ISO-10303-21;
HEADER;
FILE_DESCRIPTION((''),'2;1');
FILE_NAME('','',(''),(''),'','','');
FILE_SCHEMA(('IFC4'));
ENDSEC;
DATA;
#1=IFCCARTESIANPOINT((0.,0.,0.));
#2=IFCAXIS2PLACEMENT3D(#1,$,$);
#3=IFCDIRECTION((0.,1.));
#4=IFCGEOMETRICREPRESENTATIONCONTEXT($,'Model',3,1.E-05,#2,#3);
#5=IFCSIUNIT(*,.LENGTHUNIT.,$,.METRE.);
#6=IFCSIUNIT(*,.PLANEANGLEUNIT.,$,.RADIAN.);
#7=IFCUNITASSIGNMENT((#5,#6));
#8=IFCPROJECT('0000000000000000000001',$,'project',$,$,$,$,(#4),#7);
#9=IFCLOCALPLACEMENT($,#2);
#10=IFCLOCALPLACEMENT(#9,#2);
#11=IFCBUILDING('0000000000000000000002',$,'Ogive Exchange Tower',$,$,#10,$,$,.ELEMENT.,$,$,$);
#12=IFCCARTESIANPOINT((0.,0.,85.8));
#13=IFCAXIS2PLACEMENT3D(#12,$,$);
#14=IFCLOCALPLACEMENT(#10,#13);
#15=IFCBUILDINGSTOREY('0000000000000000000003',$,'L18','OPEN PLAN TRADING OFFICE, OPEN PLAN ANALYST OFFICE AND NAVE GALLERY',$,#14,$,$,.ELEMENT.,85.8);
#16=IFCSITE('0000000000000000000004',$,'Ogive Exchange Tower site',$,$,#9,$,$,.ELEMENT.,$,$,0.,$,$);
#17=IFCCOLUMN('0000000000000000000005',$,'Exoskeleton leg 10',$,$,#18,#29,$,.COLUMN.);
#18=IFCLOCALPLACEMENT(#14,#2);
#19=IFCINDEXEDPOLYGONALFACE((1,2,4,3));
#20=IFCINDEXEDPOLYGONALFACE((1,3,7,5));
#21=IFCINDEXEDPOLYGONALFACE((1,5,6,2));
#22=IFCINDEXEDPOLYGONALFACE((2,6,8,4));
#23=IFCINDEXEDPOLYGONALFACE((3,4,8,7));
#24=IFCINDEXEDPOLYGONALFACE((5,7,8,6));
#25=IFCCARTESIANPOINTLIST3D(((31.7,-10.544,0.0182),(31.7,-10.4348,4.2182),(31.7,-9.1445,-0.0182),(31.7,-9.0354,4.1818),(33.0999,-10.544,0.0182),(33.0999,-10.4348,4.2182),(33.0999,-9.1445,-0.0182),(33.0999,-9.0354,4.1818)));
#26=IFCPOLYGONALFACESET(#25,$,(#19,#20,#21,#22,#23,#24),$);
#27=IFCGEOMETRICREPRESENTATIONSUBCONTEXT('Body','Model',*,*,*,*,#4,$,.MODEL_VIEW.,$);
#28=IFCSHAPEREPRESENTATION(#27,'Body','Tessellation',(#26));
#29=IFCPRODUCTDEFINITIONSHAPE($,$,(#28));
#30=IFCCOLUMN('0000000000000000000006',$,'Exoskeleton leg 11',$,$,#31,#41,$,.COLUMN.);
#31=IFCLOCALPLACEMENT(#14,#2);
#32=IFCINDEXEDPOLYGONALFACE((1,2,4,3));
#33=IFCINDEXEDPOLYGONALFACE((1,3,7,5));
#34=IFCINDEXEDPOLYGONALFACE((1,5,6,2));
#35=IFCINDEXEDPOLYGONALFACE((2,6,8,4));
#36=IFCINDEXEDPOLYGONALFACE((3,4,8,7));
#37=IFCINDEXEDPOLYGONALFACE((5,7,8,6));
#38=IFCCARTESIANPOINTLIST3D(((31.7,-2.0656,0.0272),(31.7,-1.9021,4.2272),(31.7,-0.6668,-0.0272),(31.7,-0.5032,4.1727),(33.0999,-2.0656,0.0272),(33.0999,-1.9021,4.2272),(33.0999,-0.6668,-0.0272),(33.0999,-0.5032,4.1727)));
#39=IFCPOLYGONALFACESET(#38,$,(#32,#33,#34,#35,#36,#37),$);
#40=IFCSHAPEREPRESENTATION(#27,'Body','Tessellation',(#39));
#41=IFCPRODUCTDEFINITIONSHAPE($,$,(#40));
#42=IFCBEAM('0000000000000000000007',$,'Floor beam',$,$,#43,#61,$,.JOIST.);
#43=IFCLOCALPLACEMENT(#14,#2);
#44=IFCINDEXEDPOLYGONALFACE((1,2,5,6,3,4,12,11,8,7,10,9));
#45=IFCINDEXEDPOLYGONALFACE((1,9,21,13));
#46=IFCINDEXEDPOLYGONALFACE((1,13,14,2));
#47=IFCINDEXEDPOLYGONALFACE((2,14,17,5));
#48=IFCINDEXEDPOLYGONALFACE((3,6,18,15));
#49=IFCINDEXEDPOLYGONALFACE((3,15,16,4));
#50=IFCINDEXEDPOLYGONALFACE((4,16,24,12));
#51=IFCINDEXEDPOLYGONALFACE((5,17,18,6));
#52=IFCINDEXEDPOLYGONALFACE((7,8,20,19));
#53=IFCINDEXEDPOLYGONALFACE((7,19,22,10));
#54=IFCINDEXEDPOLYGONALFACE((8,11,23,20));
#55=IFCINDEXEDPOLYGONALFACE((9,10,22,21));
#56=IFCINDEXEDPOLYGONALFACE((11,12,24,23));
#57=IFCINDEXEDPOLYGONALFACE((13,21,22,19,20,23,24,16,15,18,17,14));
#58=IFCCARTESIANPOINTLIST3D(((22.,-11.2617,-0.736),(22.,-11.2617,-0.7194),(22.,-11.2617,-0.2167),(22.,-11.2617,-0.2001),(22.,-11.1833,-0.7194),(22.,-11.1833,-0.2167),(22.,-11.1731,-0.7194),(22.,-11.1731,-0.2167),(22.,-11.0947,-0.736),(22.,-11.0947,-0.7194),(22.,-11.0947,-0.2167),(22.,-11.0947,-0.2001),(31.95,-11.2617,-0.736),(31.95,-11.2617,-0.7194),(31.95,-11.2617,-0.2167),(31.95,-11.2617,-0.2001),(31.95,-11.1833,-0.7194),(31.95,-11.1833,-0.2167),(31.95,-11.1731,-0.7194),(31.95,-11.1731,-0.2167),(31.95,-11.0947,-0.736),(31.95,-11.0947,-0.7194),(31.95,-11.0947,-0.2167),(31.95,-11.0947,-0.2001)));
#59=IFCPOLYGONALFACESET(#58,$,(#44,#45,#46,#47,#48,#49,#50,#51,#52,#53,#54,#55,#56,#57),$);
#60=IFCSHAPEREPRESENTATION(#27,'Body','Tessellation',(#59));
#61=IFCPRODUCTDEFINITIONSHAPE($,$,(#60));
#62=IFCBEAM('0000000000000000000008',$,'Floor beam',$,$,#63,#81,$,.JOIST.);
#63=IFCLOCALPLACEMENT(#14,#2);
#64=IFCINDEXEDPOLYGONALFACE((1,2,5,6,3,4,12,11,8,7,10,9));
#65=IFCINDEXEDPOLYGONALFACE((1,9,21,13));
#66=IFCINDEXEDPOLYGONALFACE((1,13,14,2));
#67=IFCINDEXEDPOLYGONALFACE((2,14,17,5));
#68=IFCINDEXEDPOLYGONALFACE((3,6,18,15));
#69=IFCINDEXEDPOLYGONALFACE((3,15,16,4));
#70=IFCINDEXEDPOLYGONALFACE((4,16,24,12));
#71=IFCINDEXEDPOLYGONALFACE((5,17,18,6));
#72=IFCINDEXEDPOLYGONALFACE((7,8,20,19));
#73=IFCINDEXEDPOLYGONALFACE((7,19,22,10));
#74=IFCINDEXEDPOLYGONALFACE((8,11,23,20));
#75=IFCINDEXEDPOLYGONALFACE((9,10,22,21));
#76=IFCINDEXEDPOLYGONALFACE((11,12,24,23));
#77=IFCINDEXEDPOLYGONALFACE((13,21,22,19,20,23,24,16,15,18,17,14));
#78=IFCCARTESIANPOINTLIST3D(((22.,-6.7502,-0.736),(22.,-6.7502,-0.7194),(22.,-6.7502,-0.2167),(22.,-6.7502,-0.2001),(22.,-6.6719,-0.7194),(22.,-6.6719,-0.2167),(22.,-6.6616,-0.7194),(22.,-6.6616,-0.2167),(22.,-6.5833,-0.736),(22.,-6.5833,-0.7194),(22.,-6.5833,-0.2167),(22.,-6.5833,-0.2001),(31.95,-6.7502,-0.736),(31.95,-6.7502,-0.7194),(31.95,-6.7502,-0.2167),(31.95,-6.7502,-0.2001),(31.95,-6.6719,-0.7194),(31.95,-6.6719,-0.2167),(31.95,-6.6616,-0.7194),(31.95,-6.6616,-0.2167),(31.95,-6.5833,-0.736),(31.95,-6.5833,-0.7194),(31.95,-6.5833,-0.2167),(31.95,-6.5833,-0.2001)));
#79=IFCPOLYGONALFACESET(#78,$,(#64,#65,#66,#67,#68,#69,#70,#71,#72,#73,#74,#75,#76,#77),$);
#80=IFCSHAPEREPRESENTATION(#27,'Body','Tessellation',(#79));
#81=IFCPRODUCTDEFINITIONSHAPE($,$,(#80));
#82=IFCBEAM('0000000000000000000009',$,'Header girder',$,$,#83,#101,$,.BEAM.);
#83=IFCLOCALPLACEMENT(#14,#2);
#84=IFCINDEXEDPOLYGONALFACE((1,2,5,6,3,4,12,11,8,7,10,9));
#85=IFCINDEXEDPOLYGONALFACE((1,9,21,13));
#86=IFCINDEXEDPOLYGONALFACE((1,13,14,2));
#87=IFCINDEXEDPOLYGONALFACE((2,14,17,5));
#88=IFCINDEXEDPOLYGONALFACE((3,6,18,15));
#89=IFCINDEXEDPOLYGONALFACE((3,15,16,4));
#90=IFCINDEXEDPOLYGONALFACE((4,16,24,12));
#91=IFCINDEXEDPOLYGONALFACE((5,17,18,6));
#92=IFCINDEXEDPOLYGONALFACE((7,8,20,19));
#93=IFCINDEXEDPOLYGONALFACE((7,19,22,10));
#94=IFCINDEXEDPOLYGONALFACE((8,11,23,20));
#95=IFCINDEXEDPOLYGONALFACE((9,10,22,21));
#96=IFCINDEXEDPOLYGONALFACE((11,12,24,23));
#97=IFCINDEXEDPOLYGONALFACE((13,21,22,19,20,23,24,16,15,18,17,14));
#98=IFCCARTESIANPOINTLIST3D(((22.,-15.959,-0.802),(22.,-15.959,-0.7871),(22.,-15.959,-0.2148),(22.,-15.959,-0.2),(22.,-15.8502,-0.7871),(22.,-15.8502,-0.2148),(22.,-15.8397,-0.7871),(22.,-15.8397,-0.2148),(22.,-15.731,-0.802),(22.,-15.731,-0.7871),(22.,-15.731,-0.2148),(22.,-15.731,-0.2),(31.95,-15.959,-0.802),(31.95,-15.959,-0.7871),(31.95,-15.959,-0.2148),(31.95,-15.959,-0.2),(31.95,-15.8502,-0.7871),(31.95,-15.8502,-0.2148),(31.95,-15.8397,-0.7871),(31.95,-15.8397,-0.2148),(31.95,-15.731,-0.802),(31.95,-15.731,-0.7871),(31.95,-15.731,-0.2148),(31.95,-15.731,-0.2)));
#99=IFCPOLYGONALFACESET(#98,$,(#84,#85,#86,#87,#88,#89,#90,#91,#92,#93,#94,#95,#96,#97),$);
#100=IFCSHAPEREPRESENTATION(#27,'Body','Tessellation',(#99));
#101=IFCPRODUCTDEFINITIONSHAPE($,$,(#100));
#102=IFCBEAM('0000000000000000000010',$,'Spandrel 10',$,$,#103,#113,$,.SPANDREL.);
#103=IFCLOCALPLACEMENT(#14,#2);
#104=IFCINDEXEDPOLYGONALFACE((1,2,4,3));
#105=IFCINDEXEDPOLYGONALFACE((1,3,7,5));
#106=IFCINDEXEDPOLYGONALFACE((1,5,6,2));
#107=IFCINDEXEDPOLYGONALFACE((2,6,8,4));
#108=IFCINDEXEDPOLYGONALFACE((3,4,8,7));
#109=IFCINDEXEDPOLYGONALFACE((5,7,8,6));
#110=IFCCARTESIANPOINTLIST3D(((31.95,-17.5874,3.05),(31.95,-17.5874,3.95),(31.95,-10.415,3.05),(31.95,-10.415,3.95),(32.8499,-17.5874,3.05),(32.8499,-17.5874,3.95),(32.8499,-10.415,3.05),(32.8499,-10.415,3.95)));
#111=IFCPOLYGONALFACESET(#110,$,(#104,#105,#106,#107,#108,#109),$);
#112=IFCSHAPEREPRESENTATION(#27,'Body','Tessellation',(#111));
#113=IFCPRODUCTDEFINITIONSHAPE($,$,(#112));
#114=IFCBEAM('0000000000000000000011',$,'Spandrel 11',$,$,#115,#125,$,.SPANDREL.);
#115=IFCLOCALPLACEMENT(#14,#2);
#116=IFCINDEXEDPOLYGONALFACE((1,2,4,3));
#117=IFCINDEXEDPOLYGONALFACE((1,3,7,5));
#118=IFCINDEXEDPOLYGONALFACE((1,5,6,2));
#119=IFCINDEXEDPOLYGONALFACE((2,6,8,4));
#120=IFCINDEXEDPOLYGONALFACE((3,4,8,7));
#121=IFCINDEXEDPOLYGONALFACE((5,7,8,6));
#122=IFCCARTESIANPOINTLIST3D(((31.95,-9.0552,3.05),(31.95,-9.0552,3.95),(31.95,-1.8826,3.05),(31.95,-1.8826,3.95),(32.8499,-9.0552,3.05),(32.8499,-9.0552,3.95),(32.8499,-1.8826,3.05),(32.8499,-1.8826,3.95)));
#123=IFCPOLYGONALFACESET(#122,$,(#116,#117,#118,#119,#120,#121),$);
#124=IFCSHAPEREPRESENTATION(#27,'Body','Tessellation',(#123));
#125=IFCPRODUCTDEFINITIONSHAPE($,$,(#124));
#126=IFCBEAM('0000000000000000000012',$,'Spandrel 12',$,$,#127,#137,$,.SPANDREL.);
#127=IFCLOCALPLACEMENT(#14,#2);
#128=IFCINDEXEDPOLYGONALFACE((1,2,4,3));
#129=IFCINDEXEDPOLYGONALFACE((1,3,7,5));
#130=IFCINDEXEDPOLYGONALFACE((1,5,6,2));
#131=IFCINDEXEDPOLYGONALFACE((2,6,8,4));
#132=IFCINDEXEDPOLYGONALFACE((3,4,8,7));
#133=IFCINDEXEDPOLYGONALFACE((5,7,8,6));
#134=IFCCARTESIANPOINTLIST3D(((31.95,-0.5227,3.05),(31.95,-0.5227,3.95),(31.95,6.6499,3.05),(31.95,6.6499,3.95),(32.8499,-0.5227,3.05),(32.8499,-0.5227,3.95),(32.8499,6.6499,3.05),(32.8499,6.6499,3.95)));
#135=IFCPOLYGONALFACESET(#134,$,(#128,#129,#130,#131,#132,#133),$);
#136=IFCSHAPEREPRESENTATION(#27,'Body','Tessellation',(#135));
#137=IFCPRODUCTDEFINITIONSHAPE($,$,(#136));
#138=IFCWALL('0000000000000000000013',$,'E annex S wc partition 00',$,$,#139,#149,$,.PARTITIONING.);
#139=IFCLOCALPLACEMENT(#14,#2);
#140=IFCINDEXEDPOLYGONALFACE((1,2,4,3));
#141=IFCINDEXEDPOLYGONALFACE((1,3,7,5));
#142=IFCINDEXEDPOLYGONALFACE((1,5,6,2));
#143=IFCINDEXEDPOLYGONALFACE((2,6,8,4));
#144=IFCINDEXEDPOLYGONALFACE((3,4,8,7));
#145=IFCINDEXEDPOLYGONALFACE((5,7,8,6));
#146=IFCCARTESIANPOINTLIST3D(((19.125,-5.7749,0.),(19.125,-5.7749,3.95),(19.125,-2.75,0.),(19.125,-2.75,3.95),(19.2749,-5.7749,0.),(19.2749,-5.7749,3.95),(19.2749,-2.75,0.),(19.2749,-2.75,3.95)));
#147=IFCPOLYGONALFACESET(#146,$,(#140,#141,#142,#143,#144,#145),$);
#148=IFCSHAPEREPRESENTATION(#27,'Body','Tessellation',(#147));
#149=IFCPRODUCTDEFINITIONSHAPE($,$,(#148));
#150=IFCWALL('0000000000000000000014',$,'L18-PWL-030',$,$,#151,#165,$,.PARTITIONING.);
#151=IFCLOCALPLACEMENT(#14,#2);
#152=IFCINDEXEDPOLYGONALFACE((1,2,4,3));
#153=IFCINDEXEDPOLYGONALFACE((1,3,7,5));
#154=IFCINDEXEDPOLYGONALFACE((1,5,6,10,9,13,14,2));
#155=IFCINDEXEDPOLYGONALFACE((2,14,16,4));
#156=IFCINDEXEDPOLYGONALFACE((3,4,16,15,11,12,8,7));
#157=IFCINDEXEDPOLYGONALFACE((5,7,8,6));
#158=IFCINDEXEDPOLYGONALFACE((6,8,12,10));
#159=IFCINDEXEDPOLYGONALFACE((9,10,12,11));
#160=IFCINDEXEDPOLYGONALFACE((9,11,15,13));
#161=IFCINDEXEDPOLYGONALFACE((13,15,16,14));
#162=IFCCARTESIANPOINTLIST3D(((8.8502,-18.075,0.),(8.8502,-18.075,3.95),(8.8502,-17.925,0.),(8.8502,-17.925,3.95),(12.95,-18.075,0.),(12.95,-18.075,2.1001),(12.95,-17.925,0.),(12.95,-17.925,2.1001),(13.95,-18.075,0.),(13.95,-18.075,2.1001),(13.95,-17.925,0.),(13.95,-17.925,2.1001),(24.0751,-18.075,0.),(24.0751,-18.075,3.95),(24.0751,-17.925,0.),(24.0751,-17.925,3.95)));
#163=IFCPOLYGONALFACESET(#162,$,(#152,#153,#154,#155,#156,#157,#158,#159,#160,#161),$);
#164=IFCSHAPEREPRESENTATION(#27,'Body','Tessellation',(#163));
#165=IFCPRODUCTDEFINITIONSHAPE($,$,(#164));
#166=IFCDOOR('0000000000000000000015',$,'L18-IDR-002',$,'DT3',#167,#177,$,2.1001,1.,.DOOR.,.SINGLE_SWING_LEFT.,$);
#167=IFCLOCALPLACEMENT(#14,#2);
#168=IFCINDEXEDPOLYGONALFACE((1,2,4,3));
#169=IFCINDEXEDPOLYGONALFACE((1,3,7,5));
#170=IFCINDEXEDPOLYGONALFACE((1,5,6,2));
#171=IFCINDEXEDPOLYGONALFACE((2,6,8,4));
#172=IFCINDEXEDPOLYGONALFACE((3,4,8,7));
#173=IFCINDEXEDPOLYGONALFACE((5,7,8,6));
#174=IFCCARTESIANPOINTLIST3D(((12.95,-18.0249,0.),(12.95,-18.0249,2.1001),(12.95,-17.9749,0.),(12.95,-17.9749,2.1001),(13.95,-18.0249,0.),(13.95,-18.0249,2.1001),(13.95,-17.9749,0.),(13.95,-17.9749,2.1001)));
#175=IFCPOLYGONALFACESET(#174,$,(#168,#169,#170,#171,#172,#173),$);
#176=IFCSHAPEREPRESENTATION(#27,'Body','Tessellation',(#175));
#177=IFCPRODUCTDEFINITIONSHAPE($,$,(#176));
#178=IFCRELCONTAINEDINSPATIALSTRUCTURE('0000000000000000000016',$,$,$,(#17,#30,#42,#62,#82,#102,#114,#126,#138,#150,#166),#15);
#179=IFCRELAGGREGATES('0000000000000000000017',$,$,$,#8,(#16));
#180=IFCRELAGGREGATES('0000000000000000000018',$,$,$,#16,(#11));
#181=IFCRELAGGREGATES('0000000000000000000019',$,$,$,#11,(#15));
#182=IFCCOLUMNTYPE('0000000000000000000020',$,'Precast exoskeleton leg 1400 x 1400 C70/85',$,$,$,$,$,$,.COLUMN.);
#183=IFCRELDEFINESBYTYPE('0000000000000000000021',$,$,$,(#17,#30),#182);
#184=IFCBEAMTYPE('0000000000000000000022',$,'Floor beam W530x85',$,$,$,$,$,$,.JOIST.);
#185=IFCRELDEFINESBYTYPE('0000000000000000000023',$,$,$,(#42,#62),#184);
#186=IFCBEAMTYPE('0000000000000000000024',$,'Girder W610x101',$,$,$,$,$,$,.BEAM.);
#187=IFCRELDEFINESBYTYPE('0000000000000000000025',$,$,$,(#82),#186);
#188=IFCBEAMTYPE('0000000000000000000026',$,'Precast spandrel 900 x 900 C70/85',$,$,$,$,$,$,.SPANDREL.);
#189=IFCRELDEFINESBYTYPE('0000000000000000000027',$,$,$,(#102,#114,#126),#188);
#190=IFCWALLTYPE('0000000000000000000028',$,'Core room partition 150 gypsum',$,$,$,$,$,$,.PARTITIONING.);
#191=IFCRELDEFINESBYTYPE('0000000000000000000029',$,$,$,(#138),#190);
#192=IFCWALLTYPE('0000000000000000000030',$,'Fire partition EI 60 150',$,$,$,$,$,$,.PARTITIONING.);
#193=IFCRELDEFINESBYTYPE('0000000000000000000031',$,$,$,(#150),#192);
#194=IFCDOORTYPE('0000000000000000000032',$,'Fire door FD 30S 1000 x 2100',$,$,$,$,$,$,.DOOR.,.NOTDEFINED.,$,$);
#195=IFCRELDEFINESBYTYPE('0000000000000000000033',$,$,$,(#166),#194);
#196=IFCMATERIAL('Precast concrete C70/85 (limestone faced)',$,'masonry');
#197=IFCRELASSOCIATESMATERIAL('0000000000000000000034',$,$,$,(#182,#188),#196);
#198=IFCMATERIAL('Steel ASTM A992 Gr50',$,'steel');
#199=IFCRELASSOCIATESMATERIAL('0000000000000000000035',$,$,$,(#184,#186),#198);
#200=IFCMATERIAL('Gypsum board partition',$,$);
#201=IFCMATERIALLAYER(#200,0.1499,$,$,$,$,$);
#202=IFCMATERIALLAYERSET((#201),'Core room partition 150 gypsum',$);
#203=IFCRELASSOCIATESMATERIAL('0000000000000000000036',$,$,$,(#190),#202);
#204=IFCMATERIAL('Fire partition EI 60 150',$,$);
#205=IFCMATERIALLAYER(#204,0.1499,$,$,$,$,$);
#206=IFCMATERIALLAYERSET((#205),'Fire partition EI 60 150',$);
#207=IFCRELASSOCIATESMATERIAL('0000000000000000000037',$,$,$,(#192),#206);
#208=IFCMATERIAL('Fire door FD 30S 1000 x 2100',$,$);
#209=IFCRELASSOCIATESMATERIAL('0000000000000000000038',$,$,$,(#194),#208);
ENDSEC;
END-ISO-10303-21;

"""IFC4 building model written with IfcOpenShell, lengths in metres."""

from ifc_helpers import new_model, si_unit, direction, frame, frame_2d, origin, origin_2d, place, context, subcontext, project, spatial, rectangle, i_section, extrude, material, layer, layer_set, material_profile, profile_set, type_object, element, fill, save


model = new_model("IFC4")

# Units and contexts
model_context = context("Model", 3, precision=1e-05, world=origin(), true_north=direction((0.0, 1.0)))
body_context = subcontext(model_context, "Body", "Model", "MODEL_VIEW")
ifc_project = project(units=[si_unit("LENGTHUNIT", "METRE"), si_unit("PLANEANGLEUNIT", "RADIAN")], contexts=[model_context])

# Site, building, storey
site_placement = place(None, origin())
site = spatial("IfcSite", under=ifc_project, at=site_placement, Name="Ogive Exchange Tower site", CompositionType="ELEMENT", RefElevation=0.0)
building_placement = place(site_placement, origin())
building = spatial("IfcBuilding", under=site, at=building_placement, Name="Ogive Exchange Tower", CompositionType="ELEMENT")
storey_placement = place(building_placement, frame((0.0, 0.0, 85.8)))
storey = spatial("IfcBuildingStorey", under=building, at=storey_placement, Name="L18", Description="OPEN PLAN TRADING OFFICE, OPEN PLAN ANALYST OFFICE AND NAVE GALLERY", CompositionType="ELEMENT", Elevation=85.8)

# Columns
ifc_material_1 = material(Name="Precast concrete C70/85 (limestone faced)", Category="masonry")
ifc_material_profile_1 = material_profile(ifc_material_1, rectangle(XDim=1.3999, YDim=1.3999, at=origin_2d()), Name="1400 x 1400")
ifc_profile_set_1 = profile_set([ifc_material_profile_1], Name="Precast concrete C70/85 (limestone faced)")
column_type = type_object("IfcColumnType", Name="Precast exoskeleton leg 1400 x 1400 C70/85", PredefinedType="COLUMN", material=ifc_profile_set_1)
column_1_placement = place(storey_placement, frame((32.3999, -9.8442, 0.0), z_axis=(0.0, 0.025975, 0.999663), x_axis=(-1.0, 0.0, 0.0)))
element("IfcColumn", 1, at=column_1_placement, inside=storey, type_object=column_type, Name="Exoskeleton leg 10", PredefinedType="COLUMN", context=body_context, shape_type="SweptSolid", body=[
    extrude(rectangle(XDim=1.3999, YDim=1.3999, at=origin_2d()), origin(), (0.0, 0.0, 1.0), 4.2014),
])
column_2_placement = place(storey_placement, frame((32.3999, -1.3662, 0.0), z_axis=(0.0, 0.038917, 0.999242), x_axis=(-1.0, 0.0, 0.0)))
element("IfcColumn", 2, at=column_2_placement, inside=storey, type_object=column_type, Name="Exoskeleton leg 11", PredefinedType="COLUMN", context=body_context, shape_type="SweptSolid", body=[
    extrude(rectangle(XDim=1.3999, YDim=1.3999, at=origin_2d()), origin(), (0.0, 0.0, 1.0), 4.2031),
])

# Beams
ifc_material_2 = material(Name="Steel ASTM A992 Gr50", Category="steel")
ifc_material_profile_2 = material_profile(ifc_material_2, i_section(OverallWidth=0.167, OverallDepth=0.5359, WebThickness=0.0103, FlangeThickness=0.0166, at=origin_2d()), Name="W530x85")
ifc_profile_set_2 = profile_set([ifc_material_profile_2], Name="Steel ASTM A992 Gr50")
beam_type_1 = type_object("IfcBeamType", Name="Floor beam W530x85", PredefinedType="JOIST", material=ifc_profile_set_2)
for number, where, z_axis, x_axis, name in (
    (3, (22.0, -11.1782, -0.468), (1.0, 0.0, 0.0), (0.0, 1.0, 0.0), "Floor beam"),
    (4, (22.0, -6.6667, -0.468), (1.0, 0.0, 0.0), (0.0, 1.0, 0.0), "Floor beam"),
):
    element("IfcBeam", number, at=place(storey_placement, frame(where, z_axis=z_axis, x_axis=x_axis)), inside=storey, type_object=beam_type_1, Name=name, PredefinedType="JOIST", context=body_context, shape_type="SweptSolid", body=[
        extrude(i_section(OverallWidth=0.167, OverallDepth=0.5359, WebThickness=0.0103, FlangeThickness=0.0166, at=origin_2d()), origin(), (0.0, 0.0, 1.0), 9.95),
    ])
ifc_material_profile_3 = material_profile(ifc_material_2, i_section(OverallWidth=0.228, OverallDepth=0.6021, WebThickness=0.0105, FlangeThickness=0.0149, at=origin_2d()), Name="W610x101")
ifc_profile_set_3 = profile_set([ifc_material_profile_3], Name="Steel ASTM A992 Gr50")
beam_type_2 = type_object("IfcBeamType", Name="Girder W610x101", PredefinedType="BEAM", material=ifc_profile_set_3)
beam_1_placement = place(storey_placement, frame((22.0, -15.845, -0.501), z_axis=(1.0, 0.0, 0.0), x_axis=(0.0, 1.0, 0.0)))
element("IfcBeam", 5, at=beam_1_placement, inside=storey, type_object=beam_type_2, Name="Header girder", PredefinedType="BEAM", context=body_context, shape_type="SweptSolid", body=[
    extrude(i_section(OverallWidth=0.228, OverallDepth=0.6021, WebThickness=0.0105, FlangeThickness=0.0149, at=origin_2d()), origin(), (0.0, 0.0, 1.0), 9.95),
])
ifc_material_profile_4 = material_profile(ifc_material_1, rectangle(XDim=0.8999, YDim=0.8999, at=origin_2d()), Name="900 x 900")
ifc_profile_set_4 = profile_set([ifc_material_profile_4], Name="Precast concrete C70/85 (limestone faced)")
beam_type_3 = type_object("IfcBeamType", Name="Precast spandrel 900 x 900 C70/85", PredefinedType="SPANDREL", material=ifc_profile_set_4)
beam_2_placement = place(storey_placement, frame((32.3999, -17.5874, 3.5), z_axis=(0.0, 1.0, 0.0), x_axis=(-1.0, 0.0, 0.0)))
element("IfcBeam", 6, at=beam_2_placement, inside=storey, type_object=beam_type_3, Name="Spandrel 10", PredefinedType="SPANDREL", context=body_context, shape_type="SweptSolid", body=[
    extrude(rectangle(XDim=0.8999, YDim=0.8999, at=origin_2d()), origin(), (0.0, 0.0, 1.0), 7.1724),
])
for number, where, z_axis, x_axis, name in (
    (7, (32.3999, -9.0552, 3.5), (0.0, 1.0, 0.0), (-1.0, 0.0, 0.0), "Spandrel 11"),
    (8, (32.3999, -0.5227, 3.5), (0.0, 1.0, 0.0), (-1.0, 0.0, 0.0), "Spandrel 12"),
):
    element("IfcBeam", number, at=place(storey_placement, frame(where, z_axis=z_axis, x_axis=x_axis)), inside=storey, type_object=beam_type_3, Name=name, PredefinedType="SPANDREL", context=body_context, shape_type="SweptSolid", body=[
        extrude(rectangle(XDim=0.8999, YDim=0.8999, at=origin_2d()), origin(), (0.0, 0.0, 1.0), 7.1726),
    ])

# Wall
ifc_material_3 = material(Name="Gypsum board partition")
ifc_layer_1 = layer(ifc_material_3, 0.1499)
ifc_layer_set_1 = layer_set([ifc_layer_1], Name="Core room partition 150 gypsum")
wall_type_1 = type_object("IfcWallType", Name="Core room partition 150 gypsum", PredefinedType="PARTITIONING", material=ifc_layer_set_1)
wall_1_placement = place(storey_placement, frame((19.2, -5.7749, 0.0), z_axis=(0.0, 0.0, 1.0), x_axis=(0.0, 1.0, 0.0)))
element("IfcWall", 9, at=wall_1_placement, inside=storey, type_object=wall_type_1, Name="E annex S wc partition 00", PredefinedType="PARTITIONING", context=body_context, shape_type="SweptSolid", body=[
    extrude(rectangle(XDim=3.0249, YDim=0.1499, at=frame_2d((1.5125, 0.0))), origin(), (0.0, 0.0, 1.0), 3.95),
])

# Wall, opening, door
ifc_material_4 = material(Name="Fire partition EI 60 150")
ifc_layer_2 = layer(ifc_material_4, 0.1499)
ifc_layer_set_2 = layer_set([ifc_layer_2], Name="Fire partition EI 60 150")
wall_type_2 = type_object("IfcWallType", Name="Fire partition EI 60 150", PredefinedType="PARTITIONING", material=ifc_layer_set_2)
wall_2_placement = place(storey_placement, frame((24.075, -18.0, 0.0), z_axis=(0.0, 0.0, 1.0), x_axis=(-1.0, 0.0, 0.0)))
wall_2 = element("IfcWall", 10, at=wall_2_placement, inside=storey, type_object=wall_type_2, Name="L18-PWL-030", PredefinedType="PARTITIONING", context=body_context, shape_type="SweptSolid", body=[
    extrude(rectangle(XDim=15.2249, YDim=0.1499, at=frame_2d((7.6123, 0.0))), origin(), (0.0, 0.0, 1.0), 3.95),
])
opening_1_placement = place(wall_2_placement, frame((10.125, 0.0, 0.0)))
opening_1 = element("IfcOpeningElement", 11, at=opening_1_placement, cuts=wall_2, PredefinedType="OPENING", context=body_context, shape_type="SweptSolid", body=[
    extrude(rectangle(XDim=1.0, YDim=2.1001, at=frame_2d((0.5, 1.05))), frame((0.0, 0.085, 0.0), z_axis=(0.0, -1.0, 0.0), x_axis=(1.0, 0.0, 0.0)), (0.0, 0.0, 1.0), 0.1699),
])
ifc_material_5 = material(Name="Fire door FD 30S 1000 x 2100")
door_type_1 = type_object("IfcDoorType", Name="Fire door FD 30S 1000 x 2100", OperationType="NOTDEFINED", PredefinedType="DOOR", material=ifc_material_5)
door_1_placement = place(opening_1_placement, origin())
door_1 = element("IfcDoor", 12, at=door_1_placement, inside=storey, type_object=door_type_1, Name="L18-IDR-002", ObjectType="DT3", OperationType="SINGLE_SWING_LEFT", OverallHeight=2.1001, OverallWidth=1.0, PredefinedType="DOOR", context=body_context, shape_type="SweptSolid", body=[
    extrude(rectangle(XDim=1.0, YDim=2.1001, at=frame_2d((0.5, 1.05))), frame((0.0, 0.0249, 0.0), z_axis=(0.0, -1.0, 0.0), x_axis=(1.0, 0.0, 0.0)), (0.0, 0.0, 1.0), 0.05),
])
fill(opening_1, door_1)

save(model, "model.ifc")
